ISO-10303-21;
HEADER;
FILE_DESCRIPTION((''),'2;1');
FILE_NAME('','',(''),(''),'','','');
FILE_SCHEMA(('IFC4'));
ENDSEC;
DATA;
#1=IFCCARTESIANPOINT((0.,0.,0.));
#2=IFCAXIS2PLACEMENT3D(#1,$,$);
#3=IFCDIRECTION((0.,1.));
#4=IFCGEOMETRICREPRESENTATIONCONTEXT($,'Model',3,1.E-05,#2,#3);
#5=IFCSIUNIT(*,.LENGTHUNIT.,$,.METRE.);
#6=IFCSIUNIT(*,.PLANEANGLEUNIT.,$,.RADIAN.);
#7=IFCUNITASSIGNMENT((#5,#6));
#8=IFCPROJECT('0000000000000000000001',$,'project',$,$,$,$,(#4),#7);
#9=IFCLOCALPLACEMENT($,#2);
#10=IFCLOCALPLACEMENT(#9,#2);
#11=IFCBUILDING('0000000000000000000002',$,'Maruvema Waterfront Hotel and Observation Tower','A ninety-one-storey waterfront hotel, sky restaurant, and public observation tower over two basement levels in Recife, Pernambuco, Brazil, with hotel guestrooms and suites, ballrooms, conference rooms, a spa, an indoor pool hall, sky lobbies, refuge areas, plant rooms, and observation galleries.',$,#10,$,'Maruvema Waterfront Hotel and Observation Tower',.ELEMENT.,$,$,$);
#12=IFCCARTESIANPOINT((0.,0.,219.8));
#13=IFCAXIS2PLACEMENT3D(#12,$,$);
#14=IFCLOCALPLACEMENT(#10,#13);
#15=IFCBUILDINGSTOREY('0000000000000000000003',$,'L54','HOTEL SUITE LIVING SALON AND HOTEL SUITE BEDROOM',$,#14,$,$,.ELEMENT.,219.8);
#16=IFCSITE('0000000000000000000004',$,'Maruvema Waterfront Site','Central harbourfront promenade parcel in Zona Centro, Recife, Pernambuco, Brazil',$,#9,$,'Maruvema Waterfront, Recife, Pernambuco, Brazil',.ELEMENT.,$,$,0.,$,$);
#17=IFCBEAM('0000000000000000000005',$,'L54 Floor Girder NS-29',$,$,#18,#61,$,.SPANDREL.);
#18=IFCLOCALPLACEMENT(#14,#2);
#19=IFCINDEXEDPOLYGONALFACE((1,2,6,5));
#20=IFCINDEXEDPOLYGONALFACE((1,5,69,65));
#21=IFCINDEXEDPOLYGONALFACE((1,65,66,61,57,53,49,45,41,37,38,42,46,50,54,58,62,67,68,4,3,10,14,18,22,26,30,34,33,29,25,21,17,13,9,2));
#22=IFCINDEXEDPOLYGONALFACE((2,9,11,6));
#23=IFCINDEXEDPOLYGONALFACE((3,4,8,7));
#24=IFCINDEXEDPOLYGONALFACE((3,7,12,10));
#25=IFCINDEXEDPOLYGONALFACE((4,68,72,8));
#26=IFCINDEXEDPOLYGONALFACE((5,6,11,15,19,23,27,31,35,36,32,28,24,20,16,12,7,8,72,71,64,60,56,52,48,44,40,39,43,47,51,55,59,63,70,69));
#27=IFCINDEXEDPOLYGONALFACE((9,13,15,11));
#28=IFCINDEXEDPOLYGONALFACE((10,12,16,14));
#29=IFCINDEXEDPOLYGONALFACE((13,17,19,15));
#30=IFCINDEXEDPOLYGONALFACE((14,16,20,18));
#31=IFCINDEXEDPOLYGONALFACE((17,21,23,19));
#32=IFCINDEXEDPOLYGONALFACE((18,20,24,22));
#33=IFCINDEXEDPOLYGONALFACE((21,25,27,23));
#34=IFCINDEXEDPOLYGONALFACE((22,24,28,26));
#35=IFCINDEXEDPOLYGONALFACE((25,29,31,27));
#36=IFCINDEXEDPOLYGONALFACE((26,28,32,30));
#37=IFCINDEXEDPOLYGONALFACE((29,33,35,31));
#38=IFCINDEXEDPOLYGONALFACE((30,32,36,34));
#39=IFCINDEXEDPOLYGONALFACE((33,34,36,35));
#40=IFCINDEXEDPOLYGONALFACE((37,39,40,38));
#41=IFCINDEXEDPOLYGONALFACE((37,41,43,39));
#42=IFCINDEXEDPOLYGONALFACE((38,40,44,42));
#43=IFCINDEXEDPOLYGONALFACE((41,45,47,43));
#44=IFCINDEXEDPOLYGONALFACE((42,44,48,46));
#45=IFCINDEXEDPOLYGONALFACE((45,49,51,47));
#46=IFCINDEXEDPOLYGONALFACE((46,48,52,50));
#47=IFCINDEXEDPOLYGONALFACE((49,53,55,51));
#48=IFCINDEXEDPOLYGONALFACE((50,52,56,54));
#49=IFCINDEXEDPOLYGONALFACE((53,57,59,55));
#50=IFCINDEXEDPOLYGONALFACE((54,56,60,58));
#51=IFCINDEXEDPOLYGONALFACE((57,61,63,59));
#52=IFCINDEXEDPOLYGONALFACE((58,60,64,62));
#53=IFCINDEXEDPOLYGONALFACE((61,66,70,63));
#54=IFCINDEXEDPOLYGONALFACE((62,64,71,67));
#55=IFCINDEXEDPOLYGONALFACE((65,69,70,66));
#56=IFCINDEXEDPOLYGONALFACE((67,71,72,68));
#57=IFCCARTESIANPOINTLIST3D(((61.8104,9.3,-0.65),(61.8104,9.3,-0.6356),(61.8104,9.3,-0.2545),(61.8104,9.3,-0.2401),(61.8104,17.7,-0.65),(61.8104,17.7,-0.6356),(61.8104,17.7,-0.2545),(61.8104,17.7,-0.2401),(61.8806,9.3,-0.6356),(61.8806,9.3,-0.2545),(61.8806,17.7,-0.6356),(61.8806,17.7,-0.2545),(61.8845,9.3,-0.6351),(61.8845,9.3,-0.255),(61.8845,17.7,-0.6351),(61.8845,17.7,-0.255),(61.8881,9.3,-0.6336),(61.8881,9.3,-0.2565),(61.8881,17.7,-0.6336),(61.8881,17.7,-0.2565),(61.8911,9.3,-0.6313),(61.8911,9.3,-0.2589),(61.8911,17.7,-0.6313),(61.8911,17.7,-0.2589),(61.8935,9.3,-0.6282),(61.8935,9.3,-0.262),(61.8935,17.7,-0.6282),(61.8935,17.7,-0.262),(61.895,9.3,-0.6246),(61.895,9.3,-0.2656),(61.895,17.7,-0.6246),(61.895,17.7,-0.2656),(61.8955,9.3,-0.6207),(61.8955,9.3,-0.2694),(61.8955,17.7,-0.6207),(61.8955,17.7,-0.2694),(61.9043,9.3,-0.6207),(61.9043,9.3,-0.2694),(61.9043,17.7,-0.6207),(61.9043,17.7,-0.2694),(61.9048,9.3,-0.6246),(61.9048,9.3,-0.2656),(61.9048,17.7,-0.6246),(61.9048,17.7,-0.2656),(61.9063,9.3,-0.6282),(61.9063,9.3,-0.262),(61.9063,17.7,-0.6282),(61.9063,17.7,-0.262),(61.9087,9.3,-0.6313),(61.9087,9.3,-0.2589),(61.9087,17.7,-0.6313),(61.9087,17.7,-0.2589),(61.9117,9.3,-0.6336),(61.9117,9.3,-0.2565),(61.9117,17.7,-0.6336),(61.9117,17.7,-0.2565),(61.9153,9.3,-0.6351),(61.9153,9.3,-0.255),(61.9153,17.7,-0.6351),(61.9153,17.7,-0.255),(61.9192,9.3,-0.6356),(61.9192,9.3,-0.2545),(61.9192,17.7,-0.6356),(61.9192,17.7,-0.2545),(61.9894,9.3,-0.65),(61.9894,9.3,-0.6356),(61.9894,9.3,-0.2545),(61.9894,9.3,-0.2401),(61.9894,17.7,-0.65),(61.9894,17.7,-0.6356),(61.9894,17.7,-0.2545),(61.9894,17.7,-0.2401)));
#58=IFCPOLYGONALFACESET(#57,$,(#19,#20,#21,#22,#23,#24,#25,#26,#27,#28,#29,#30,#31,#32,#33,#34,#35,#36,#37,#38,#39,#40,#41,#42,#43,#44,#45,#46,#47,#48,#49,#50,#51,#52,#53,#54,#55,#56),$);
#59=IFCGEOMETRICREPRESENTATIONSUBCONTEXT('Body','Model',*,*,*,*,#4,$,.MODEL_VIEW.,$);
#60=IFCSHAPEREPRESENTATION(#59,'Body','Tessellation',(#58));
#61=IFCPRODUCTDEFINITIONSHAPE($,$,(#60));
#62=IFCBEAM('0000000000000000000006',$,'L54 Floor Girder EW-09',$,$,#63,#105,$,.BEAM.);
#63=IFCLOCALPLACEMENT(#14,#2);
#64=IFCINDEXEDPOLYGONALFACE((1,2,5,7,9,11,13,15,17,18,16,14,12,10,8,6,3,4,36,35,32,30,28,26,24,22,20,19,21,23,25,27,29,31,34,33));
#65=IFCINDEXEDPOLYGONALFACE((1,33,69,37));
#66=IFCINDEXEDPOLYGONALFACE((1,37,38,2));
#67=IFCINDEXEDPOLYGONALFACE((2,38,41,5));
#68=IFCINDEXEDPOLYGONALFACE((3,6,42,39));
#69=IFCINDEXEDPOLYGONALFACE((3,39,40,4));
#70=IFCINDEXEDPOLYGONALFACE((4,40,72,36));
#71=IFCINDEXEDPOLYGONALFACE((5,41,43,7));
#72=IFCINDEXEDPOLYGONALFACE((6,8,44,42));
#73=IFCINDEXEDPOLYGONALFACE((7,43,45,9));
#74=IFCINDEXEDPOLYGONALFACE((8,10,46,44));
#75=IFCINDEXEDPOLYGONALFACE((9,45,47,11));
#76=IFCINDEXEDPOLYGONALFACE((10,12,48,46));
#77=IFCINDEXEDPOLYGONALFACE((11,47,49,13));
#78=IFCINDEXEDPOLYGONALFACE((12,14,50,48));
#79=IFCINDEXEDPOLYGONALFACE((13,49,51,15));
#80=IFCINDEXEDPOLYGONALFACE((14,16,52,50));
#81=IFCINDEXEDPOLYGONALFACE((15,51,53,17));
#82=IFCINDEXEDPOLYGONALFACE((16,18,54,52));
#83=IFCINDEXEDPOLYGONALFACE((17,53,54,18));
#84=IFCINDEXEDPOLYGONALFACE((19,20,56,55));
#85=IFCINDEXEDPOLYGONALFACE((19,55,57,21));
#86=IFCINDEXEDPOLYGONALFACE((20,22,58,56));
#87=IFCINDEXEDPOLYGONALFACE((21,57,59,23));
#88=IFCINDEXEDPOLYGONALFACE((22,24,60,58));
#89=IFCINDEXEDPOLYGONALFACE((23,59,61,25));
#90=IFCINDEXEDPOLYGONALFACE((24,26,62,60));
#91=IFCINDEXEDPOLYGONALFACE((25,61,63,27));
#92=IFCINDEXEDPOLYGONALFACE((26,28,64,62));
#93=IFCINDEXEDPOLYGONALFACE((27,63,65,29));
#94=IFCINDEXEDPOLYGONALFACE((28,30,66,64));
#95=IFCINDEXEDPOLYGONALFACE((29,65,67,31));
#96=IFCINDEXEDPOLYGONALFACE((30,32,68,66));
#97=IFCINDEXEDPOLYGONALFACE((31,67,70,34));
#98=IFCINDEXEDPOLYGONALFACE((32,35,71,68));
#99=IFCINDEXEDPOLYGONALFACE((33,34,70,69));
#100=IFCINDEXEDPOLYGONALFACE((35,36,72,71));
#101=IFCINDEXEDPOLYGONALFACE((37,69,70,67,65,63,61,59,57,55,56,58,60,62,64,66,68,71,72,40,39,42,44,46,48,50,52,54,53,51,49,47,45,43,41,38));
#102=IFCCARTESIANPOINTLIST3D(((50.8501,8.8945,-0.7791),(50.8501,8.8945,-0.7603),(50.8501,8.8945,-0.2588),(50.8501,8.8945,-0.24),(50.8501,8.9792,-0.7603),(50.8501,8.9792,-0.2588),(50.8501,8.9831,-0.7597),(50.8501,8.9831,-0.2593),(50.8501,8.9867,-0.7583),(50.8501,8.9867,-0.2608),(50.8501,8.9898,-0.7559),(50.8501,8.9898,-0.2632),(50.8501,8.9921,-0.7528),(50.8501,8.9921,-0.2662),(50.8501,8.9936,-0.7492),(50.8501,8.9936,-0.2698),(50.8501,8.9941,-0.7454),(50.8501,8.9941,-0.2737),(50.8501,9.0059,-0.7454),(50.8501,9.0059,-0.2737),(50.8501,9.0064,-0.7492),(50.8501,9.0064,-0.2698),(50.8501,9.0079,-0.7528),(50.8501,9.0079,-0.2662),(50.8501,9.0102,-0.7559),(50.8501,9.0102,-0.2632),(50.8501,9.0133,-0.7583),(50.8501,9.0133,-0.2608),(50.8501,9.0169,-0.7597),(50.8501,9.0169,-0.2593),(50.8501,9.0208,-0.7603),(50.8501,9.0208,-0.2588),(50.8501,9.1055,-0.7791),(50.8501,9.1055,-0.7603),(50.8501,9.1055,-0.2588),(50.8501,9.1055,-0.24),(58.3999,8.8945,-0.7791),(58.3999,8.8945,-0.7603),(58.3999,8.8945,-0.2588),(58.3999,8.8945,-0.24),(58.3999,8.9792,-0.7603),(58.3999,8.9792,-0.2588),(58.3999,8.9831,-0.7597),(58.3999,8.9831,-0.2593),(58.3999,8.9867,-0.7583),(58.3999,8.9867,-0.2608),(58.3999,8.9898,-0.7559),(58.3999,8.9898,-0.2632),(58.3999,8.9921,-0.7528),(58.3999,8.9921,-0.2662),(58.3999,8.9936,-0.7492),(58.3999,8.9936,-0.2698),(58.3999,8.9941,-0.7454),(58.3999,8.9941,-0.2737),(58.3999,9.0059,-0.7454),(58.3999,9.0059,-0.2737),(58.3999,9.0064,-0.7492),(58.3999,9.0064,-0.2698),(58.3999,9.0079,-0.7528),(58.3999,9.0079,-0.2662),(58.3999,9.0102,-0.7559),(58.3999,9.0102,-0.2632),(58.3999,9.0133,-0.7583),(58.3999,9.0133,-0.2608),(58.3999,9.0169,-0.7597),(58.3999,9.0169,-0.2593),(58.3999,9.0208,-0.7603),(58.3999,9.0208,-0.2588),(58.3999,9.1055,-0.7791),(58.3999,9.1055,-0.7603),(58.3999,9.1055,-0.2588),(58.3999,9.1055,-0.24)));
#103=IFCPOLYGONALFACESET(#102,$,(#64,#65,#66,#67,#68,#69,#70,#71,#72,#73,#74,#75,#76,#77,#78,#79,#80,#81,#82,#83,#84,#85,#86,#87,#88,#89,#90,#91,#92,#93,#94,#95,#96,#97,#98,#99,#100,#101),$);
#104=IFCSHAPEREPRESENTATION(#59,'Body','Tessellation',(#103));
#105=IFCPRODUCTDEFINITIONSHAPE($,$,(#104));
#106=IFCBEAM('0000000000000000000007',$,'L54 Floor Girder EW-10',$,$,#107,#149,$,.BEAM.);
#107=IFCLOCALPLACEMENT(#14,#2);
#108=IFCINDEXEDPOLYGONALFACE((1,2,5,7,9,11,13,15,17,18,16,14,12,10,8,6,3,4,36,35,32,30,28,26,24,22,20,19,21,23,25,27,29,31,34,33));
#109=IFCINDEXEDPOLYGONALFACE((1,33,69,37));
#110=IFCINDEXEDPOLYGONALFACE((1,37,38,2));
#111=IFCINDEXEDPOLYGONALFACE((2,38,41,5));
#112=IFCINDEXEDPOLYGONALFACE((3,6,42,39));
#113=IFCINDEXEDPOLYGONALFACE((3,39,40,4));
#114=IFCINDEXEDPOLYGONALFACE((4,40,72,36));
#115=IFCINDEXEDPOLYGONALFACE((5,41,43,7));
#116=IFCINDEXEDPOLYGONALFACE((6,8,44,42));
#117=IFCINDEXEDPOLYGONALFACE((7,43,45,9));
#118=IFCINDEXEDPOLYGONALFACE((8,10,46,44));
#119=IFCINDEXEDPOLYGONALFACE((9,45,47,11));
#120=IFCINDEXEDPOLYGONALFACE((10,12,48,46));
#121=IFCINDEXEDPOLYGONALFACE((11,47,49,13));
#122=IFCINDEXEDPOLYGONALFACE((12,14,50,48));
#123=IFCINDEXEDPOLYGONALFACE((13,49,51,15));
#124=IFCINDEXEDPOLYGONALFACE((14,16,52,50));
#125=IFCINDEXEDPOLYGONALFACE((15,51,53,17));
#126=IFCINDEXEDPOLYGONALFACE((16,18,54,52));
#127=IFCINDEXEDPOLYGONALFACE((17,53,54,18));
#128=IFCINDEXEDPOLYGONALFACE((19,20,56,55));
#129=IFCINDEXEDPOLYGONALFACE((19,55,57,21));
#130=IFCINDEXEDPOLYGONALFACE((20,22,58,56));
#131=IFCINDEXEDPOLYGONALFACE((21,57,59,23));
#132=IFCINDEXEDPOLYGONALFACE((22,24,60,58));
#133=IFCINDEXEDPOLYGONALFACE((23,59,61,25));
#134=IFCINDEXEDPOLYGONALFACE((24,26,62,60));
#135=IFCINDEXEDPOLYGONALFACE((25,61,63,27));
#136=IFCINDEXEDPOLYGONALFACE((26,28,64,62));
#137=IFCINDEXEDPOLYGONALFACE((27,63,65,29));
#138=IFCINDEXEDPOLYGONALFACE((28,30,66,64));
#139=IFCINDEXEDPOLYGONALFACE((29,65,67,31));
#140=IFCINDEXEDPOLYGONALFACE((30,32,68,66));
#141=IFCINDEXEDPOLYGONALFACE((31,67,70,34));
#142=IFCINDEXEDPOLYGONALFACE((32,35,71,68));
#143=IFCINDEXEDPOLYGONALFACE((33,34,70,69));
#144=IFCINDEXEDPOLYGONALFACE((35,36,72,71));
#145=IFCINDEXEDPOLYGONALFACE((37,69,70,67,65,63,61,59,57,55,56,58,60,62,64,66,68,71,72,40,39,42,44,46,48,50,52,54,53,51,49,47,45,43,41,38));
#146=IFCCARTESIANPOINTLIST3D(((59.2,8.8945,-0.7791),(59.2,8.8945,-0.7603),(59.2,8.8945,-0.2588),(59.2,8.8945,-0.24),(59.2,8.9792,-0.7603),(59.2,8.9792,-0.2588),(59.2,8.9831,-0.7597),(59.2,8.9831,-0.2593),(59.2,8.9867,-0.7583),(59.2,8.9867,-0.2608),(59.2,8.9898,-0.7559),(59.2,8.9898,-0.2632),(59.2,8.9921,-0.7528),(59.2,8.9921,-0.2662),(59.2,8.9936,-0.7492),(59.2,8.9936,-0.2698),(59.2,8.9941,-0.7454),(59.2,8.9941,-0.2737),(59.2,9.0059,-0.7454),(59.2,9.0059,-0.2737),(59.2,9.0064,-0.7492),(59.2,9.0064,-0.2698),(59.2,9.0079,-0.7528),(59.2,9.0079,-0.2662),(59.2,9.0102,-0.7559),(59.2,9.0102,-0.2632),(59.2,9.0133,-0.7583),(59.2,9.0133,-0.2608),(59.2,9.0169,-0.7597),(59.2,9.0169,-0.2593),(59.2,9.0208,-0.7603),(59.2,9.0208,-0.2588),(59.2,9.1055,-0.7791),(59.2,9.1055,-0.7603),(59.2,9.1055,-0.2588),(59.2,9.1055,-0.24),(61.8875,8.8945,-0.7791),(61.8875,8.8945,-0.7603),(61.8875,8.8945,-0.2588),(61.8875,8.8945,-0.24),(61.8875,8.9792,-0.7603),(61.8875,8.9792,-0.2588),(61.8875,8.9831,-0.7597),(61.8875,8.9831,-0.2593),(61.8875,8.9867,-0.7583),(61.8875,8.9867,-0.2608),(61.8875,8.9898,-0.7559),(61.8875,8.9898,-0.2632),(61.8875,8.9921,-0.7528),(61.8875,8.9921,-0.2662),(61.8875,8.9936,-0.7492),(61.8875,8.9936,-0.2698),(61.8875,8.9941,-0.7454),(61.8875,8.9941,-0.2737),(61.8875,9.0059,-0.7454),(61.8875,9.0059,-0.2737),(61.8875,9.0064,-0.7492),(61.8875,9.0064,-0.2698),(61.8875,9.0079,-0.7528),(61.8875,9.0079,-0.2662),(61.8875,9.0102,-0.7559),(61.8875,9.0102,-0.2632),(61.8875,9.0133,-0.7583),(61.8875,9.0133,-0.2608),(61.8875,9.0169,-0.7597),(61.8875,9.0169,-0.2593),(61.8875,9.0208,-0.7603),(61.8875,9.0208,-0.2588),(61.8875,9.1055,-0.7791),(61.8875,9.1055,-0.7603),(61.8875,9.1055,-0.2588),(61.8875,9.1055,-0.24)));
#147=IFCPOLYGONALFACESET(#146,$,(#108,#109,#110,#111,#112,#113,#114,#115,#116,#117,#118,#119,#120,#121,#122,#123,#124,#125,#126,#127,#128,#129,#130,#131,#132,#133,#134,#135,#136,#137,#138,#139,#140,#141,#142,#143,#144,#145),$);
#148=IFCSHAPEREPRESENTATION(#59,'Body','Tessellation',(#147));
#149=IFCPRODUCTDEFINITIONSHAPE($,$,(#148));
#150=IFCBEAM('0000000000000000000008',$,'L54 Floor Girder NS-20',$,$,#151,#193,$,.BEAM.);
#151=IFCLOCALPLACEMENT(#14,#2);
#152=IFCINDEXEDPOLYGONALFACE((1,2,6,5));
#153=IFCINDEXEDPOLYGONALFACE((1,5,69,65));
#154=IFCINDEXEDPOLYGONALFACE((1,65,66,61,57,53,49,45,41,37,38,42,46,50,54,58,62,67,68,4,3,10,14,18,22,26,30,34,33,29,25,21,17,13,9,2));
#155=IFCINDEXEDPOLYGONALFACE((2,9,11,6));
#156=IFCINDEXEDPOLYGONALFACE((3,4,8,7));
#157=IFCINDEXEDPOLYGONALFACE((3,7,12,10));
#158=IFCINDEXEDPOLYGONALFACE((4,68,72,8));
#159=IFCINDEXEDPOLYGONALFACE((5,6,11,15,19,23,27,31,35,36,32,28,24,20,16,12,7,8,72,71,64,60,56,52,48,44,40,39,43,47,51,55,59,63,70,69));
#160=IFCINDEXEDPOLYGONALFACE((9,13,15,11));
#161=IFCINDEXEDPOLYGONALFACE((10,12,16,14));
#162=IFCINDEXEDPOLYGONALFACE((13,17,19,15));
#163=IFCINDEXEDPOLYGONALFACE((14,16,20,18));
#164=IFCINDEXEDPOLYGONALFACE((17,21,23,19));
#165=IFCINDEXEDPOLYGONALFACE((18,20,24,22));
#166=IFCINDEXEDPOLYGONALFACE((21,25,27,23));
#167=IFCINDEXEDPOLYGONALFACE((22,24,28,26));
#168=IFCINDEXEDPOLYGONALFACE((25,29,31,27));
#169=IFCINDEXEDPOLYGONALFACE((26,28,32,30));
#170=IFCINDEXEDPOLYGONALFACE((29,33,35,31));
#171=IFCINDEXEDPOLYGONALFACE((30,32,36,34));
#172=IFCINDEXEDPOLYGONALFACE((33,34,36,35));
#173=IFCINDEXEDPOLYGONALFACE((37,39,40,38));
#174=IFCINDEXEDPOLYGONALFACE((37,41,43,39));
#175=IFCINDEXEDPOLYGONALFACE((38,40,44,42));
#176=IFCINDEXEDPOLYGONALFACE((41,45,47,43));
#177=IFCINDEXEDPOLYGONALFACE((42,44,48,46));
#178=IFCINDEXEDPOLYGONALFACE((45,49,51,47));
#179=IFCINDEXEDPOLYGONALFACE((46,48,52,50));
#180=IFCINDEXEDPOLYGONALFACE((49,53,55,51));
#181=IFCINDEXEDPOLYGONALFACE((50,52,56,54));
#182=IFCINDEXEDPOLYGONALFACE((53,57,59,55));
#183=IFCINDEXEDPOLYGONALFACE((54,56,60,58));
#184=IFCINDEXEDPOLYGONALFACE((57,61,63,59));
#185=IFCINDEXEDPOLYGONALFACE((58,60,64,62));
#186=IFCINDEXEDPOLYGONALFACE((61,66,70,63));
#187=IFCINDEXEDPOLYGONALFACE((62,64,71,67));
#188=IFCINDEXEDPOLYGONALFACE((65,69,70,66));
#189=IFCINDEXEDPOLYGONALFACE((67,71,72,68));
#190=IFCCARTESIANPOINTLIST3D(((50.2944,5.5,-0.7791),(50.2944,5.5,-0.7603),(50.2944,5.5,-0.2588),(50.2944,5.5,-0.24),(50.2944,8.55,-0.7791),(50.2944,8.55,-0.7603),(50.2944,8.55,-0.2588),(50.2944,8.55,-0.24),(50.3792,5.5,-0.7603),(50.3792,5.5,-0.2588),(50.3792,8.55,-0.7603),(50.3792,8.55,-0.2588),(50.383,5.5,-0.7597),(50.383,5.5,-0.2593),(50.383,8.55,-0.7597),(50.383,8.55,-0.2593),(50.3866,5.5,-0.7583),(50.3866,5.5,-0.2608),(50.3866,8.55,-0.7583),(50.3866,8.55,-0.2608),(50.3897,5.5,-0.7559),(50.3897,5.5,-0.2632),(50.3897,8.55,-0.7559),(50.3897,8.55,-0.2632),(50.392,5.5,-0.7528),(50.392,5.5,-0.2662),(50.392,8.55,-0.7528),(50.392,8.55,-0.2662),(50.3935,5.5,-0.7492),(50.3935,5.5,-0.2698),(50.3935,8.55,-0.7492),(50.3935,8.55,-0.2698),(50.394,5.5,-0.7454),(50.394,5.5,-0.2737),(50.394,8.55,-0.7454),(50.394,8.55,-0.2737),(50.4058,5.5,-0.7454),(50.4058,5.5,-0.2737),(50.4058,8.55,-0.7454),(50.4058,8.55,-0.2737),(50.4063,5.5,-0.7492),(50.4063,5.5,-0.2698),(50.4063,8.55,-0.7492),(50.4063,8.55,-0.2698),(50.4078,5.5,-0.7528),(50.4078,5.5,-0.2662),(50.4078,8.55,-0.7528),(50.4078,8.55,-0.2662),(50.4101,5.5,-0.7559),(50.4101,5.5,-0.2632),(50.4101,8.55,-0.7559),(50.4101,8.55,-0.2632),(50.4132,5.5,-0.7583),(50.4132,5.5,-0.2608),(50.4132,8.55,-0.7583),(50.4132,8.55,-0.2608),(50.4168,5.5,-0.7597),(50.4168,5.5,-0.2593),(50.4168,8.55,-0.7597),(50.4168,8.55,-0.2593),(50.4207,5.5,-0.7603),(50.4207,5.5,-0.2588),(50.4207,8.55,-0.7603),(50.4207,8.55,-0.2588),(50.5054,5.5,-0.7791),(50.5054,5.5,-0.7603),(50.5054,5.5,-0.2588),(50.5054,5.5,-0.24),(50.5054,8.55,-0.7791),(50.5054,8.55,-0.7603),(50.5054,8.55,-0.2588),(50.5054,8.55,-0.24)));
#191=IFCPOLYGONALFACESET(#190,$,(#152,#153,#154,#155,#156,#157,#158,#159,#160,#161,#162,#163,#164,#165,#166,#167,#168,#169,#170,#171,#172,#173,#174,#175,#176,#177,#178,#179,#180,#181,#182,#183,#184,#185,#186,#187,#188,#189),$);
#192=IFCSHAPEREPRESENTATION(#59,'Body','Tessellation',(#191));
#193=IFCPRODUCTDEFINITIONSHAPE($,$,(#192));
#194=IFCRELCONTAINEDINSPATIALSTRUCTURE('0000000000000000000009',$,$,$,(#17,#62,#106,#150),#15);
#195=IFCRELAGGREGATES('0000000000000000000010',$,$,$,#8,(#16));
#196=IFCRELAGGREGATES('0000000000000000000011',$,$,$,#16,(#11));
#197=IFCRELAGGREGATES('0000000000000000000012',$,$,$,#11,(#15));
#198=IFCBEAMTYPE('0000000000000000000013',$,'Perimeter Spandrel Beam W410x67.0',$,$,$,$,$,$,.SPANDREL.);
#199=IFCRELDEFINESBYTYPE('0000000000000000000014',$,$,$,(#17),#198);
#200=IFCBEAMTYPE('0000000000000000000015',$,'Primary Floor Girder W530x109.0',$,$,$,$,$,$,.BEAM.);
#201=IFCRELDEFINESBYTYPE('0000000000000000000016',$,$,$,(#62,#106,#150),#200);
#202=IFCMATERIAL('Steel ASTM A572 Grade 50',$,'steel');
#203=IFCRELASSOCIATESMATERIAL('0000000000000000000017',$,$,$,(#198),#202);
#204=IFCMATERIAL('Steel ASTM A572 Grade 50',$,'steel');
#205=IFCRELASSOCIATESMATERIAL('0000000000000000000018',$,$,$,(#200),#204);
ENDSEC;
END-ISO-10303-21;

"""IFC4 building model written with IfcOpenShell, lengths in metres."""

from ifc_helpers import new_model, si_unit, direction, frame, origin, origin_2d, place, context, subcontext, project, spatial, i_section, extrude, material, material_profile, profile_set, type_object, element, save


model = new_model("IFC4")

# Units and contexts
model_context = context("Model", 3, precision=1e-05, world=origin(), true_north=direction((0.0, 1.0)))
body_context = subcontext(model_context, "Body", "Model", "MODEL_VIEW")
ifc_project = project(units=[si_unit("LENGTHUNIT", "METRE"), si_unit("PLANEANGLEUNIT", "RADIAN")], contexts=[model_context])

# Site, building, storey
site_placement = place(None, origin())
site = spatial("IfcSite", under=ifc_project, at=site_placement, Name="Maruvema Waterfront Site", Description="Central harbourfront promenade parcel in Zona Centro, Recife, Pernambuco, Brazil", LongName="Maruvema Waterfront, Recife, Pernambuco, Brazil", CompositionType="ELEMENT", RefElevation=0.0)
building_placement = place(site_placement, origin())
building = spatial("IfcBuilding", under=site, at=building_placement, Name="Maruvema Waterfront Hotel and Observation Tower", Description="A ninety-one-storey waterfront hotel, sky restaurant, and public observation tower over two basement levels in Recife, Pernambuco, Brazil, with hotel guestrooms and suites, ballrooms, conference rooms, a spa, an indoor pool hall, sky lobbies, refuge areas, plant rooms, and observation galleries.", LongName="Maruvema Waterfront Hotel and Observation Tower", CompositionType="ELEMENT")
storey_placement = place(building_placement, frame((0.0, 0.0, 219.8)))
storey = spatial("IfcBuildingStorey", under=building, at=storey_placement, Name="L54", Description="HOTEL SUITE LIVING SALON AND HOTEL SUITE BEDROOM", CompositionType="ELEMENT", Elevation=219.8)

# Beams
ifc_material_1 = material(Name="Steel ASTM A572 Grade 50", Category="steel")
ifc_material_profile_1 = material_profile(ifc_material_1, i_section(OverallWidth=0.179, OverallDepth=0.4099, WebThickness=0.0088, FlangeThickness=0.0144, FilletRadius=0.0149, at=origin_2d()), Name="W410x67.0")
ifc_profile_set_1 = profile_set([ifc_material_profile_1], Name="Steel ASTM A572 Grade 50")
beam_type_1 = type_object("IfcBeamType", Name="Perimeter Spandrel Beam W410x67.0", PredefinedType="SPANDREL", material=ifc_profile_set_1)
beam_1_placement = place(storey_placement, frame((61.8999, 9.3, -0.4451), z_axis=(0.0, 1.0, 0.0), x_axis=(-1.0, 0.0, 0.0)))
element("IfcBeam", 1, at=beam_1_placement, inside=storey, type_object=beam_type_1, Name="L54 Floor Girder NS-29", PredefinedType="SPANDREL", context=body_context, shape_type="SweptSolid", body=[
    extrude(i_section(OverallWidth=0.179, OverallDepth=0.4099, WebThickness=0.0088, FlangeThickness=0.0144, FilletRadius=0.0149, at=origin_2d()), origin(), (0.0, 0.0, 1.0), 8.3999),
])
ifc_material_2 = material(Name="Steel ASTM A572 Grade 50", Category="steel")
ifc_material_profile_2 = material_profile(ifc_material_2, i_section(OverallWidth=0.2109, OverallDepth=0.5391, WebThickness=0.0117, FlangeThickness=0.0188, FilletRadius=0.0149, at=origin_2d()), Name="W530x109.0")
ifc_profile_set_2 = profile_set([ifc_material_profile_2], Name="Steel ASTM A572 Grade 50")
beam_type_2 = type_object("IfcBeamType", Name="Primary Floor Girder W530x109.0", PredefinedType="BEAM", material=ifc_profile_set_2)
beam_2_placement = place(storey_placement, frame((50.8501, 9.0, -0.5095), z_axis=(1.0, 0.0, 0.0), x_axis=(0.0, 1.0, 0.0)))
element("IfcBeam", 2, at=beam_2_placement, inside=storey, type_object=beam_type_2, Name="L54 Floor Girder EW-09", PredefinedType="BEAM", context=body_context, shape_type="SweptSolid", body=[
    extrude(i_section(OverallWidth=0.2109, OverallDepth=0.5391, WebThickness=0.0117, FlangeThickness=0.0188, FilletRadius=0.0149, at=origin_2d()), origin(), (0.0, 0.0, 1.0), 7.5498),
])
beam_3_placement = place(storey_placement, frame((59.2, 9.0, -0.5095), z_axis=(1.0, 0.0, 0.0), x_axis=(0.0, 1.0, 0.0)))
element("IfcBeam", 3, at=beam_3_placement, inside=storey, type_object=beam_type_2, Name="L54 Floor Girder EW-10", PredefinedType="BEAM", context=body_context, shape_type="SweptSolid", body=[
    extrude(i_section(OverallWidth=0.2109, OverallDepth=0.5391, WebThickness=0.0117, FlangeThickness=0.0188, FilletRadius=0.0149, at=origin_2d()), origin(), (0.0, 0.0, 1.0), 2.6875),
])
beam_4_placement = place(storey_placement, frame((50.3999, 5.5, -0.5095), z_axis=(0.0, 1.0, 0.0), x_axis=(-1.0, 0.0, 0.0)))
element("IfcBeam", 4, at=beam_4_placement, inside=storey, type_object=beam_type_2, Name="L54 Floor Girder NS-20", PredefinedType="BEAM", context=body_context, shape_type="SweptSolid", body=[
    extrude(i_section(OverallWidth=0.2109, OverallDepth=0.5391, WebThickness=0.0117, FlangeThickness=0.0188, FilletRadius=0.0149, at=origin_2d()), origin(), (0.0, 0.0, 1.0), 3.05),
])

save(model, "model.ifc")
